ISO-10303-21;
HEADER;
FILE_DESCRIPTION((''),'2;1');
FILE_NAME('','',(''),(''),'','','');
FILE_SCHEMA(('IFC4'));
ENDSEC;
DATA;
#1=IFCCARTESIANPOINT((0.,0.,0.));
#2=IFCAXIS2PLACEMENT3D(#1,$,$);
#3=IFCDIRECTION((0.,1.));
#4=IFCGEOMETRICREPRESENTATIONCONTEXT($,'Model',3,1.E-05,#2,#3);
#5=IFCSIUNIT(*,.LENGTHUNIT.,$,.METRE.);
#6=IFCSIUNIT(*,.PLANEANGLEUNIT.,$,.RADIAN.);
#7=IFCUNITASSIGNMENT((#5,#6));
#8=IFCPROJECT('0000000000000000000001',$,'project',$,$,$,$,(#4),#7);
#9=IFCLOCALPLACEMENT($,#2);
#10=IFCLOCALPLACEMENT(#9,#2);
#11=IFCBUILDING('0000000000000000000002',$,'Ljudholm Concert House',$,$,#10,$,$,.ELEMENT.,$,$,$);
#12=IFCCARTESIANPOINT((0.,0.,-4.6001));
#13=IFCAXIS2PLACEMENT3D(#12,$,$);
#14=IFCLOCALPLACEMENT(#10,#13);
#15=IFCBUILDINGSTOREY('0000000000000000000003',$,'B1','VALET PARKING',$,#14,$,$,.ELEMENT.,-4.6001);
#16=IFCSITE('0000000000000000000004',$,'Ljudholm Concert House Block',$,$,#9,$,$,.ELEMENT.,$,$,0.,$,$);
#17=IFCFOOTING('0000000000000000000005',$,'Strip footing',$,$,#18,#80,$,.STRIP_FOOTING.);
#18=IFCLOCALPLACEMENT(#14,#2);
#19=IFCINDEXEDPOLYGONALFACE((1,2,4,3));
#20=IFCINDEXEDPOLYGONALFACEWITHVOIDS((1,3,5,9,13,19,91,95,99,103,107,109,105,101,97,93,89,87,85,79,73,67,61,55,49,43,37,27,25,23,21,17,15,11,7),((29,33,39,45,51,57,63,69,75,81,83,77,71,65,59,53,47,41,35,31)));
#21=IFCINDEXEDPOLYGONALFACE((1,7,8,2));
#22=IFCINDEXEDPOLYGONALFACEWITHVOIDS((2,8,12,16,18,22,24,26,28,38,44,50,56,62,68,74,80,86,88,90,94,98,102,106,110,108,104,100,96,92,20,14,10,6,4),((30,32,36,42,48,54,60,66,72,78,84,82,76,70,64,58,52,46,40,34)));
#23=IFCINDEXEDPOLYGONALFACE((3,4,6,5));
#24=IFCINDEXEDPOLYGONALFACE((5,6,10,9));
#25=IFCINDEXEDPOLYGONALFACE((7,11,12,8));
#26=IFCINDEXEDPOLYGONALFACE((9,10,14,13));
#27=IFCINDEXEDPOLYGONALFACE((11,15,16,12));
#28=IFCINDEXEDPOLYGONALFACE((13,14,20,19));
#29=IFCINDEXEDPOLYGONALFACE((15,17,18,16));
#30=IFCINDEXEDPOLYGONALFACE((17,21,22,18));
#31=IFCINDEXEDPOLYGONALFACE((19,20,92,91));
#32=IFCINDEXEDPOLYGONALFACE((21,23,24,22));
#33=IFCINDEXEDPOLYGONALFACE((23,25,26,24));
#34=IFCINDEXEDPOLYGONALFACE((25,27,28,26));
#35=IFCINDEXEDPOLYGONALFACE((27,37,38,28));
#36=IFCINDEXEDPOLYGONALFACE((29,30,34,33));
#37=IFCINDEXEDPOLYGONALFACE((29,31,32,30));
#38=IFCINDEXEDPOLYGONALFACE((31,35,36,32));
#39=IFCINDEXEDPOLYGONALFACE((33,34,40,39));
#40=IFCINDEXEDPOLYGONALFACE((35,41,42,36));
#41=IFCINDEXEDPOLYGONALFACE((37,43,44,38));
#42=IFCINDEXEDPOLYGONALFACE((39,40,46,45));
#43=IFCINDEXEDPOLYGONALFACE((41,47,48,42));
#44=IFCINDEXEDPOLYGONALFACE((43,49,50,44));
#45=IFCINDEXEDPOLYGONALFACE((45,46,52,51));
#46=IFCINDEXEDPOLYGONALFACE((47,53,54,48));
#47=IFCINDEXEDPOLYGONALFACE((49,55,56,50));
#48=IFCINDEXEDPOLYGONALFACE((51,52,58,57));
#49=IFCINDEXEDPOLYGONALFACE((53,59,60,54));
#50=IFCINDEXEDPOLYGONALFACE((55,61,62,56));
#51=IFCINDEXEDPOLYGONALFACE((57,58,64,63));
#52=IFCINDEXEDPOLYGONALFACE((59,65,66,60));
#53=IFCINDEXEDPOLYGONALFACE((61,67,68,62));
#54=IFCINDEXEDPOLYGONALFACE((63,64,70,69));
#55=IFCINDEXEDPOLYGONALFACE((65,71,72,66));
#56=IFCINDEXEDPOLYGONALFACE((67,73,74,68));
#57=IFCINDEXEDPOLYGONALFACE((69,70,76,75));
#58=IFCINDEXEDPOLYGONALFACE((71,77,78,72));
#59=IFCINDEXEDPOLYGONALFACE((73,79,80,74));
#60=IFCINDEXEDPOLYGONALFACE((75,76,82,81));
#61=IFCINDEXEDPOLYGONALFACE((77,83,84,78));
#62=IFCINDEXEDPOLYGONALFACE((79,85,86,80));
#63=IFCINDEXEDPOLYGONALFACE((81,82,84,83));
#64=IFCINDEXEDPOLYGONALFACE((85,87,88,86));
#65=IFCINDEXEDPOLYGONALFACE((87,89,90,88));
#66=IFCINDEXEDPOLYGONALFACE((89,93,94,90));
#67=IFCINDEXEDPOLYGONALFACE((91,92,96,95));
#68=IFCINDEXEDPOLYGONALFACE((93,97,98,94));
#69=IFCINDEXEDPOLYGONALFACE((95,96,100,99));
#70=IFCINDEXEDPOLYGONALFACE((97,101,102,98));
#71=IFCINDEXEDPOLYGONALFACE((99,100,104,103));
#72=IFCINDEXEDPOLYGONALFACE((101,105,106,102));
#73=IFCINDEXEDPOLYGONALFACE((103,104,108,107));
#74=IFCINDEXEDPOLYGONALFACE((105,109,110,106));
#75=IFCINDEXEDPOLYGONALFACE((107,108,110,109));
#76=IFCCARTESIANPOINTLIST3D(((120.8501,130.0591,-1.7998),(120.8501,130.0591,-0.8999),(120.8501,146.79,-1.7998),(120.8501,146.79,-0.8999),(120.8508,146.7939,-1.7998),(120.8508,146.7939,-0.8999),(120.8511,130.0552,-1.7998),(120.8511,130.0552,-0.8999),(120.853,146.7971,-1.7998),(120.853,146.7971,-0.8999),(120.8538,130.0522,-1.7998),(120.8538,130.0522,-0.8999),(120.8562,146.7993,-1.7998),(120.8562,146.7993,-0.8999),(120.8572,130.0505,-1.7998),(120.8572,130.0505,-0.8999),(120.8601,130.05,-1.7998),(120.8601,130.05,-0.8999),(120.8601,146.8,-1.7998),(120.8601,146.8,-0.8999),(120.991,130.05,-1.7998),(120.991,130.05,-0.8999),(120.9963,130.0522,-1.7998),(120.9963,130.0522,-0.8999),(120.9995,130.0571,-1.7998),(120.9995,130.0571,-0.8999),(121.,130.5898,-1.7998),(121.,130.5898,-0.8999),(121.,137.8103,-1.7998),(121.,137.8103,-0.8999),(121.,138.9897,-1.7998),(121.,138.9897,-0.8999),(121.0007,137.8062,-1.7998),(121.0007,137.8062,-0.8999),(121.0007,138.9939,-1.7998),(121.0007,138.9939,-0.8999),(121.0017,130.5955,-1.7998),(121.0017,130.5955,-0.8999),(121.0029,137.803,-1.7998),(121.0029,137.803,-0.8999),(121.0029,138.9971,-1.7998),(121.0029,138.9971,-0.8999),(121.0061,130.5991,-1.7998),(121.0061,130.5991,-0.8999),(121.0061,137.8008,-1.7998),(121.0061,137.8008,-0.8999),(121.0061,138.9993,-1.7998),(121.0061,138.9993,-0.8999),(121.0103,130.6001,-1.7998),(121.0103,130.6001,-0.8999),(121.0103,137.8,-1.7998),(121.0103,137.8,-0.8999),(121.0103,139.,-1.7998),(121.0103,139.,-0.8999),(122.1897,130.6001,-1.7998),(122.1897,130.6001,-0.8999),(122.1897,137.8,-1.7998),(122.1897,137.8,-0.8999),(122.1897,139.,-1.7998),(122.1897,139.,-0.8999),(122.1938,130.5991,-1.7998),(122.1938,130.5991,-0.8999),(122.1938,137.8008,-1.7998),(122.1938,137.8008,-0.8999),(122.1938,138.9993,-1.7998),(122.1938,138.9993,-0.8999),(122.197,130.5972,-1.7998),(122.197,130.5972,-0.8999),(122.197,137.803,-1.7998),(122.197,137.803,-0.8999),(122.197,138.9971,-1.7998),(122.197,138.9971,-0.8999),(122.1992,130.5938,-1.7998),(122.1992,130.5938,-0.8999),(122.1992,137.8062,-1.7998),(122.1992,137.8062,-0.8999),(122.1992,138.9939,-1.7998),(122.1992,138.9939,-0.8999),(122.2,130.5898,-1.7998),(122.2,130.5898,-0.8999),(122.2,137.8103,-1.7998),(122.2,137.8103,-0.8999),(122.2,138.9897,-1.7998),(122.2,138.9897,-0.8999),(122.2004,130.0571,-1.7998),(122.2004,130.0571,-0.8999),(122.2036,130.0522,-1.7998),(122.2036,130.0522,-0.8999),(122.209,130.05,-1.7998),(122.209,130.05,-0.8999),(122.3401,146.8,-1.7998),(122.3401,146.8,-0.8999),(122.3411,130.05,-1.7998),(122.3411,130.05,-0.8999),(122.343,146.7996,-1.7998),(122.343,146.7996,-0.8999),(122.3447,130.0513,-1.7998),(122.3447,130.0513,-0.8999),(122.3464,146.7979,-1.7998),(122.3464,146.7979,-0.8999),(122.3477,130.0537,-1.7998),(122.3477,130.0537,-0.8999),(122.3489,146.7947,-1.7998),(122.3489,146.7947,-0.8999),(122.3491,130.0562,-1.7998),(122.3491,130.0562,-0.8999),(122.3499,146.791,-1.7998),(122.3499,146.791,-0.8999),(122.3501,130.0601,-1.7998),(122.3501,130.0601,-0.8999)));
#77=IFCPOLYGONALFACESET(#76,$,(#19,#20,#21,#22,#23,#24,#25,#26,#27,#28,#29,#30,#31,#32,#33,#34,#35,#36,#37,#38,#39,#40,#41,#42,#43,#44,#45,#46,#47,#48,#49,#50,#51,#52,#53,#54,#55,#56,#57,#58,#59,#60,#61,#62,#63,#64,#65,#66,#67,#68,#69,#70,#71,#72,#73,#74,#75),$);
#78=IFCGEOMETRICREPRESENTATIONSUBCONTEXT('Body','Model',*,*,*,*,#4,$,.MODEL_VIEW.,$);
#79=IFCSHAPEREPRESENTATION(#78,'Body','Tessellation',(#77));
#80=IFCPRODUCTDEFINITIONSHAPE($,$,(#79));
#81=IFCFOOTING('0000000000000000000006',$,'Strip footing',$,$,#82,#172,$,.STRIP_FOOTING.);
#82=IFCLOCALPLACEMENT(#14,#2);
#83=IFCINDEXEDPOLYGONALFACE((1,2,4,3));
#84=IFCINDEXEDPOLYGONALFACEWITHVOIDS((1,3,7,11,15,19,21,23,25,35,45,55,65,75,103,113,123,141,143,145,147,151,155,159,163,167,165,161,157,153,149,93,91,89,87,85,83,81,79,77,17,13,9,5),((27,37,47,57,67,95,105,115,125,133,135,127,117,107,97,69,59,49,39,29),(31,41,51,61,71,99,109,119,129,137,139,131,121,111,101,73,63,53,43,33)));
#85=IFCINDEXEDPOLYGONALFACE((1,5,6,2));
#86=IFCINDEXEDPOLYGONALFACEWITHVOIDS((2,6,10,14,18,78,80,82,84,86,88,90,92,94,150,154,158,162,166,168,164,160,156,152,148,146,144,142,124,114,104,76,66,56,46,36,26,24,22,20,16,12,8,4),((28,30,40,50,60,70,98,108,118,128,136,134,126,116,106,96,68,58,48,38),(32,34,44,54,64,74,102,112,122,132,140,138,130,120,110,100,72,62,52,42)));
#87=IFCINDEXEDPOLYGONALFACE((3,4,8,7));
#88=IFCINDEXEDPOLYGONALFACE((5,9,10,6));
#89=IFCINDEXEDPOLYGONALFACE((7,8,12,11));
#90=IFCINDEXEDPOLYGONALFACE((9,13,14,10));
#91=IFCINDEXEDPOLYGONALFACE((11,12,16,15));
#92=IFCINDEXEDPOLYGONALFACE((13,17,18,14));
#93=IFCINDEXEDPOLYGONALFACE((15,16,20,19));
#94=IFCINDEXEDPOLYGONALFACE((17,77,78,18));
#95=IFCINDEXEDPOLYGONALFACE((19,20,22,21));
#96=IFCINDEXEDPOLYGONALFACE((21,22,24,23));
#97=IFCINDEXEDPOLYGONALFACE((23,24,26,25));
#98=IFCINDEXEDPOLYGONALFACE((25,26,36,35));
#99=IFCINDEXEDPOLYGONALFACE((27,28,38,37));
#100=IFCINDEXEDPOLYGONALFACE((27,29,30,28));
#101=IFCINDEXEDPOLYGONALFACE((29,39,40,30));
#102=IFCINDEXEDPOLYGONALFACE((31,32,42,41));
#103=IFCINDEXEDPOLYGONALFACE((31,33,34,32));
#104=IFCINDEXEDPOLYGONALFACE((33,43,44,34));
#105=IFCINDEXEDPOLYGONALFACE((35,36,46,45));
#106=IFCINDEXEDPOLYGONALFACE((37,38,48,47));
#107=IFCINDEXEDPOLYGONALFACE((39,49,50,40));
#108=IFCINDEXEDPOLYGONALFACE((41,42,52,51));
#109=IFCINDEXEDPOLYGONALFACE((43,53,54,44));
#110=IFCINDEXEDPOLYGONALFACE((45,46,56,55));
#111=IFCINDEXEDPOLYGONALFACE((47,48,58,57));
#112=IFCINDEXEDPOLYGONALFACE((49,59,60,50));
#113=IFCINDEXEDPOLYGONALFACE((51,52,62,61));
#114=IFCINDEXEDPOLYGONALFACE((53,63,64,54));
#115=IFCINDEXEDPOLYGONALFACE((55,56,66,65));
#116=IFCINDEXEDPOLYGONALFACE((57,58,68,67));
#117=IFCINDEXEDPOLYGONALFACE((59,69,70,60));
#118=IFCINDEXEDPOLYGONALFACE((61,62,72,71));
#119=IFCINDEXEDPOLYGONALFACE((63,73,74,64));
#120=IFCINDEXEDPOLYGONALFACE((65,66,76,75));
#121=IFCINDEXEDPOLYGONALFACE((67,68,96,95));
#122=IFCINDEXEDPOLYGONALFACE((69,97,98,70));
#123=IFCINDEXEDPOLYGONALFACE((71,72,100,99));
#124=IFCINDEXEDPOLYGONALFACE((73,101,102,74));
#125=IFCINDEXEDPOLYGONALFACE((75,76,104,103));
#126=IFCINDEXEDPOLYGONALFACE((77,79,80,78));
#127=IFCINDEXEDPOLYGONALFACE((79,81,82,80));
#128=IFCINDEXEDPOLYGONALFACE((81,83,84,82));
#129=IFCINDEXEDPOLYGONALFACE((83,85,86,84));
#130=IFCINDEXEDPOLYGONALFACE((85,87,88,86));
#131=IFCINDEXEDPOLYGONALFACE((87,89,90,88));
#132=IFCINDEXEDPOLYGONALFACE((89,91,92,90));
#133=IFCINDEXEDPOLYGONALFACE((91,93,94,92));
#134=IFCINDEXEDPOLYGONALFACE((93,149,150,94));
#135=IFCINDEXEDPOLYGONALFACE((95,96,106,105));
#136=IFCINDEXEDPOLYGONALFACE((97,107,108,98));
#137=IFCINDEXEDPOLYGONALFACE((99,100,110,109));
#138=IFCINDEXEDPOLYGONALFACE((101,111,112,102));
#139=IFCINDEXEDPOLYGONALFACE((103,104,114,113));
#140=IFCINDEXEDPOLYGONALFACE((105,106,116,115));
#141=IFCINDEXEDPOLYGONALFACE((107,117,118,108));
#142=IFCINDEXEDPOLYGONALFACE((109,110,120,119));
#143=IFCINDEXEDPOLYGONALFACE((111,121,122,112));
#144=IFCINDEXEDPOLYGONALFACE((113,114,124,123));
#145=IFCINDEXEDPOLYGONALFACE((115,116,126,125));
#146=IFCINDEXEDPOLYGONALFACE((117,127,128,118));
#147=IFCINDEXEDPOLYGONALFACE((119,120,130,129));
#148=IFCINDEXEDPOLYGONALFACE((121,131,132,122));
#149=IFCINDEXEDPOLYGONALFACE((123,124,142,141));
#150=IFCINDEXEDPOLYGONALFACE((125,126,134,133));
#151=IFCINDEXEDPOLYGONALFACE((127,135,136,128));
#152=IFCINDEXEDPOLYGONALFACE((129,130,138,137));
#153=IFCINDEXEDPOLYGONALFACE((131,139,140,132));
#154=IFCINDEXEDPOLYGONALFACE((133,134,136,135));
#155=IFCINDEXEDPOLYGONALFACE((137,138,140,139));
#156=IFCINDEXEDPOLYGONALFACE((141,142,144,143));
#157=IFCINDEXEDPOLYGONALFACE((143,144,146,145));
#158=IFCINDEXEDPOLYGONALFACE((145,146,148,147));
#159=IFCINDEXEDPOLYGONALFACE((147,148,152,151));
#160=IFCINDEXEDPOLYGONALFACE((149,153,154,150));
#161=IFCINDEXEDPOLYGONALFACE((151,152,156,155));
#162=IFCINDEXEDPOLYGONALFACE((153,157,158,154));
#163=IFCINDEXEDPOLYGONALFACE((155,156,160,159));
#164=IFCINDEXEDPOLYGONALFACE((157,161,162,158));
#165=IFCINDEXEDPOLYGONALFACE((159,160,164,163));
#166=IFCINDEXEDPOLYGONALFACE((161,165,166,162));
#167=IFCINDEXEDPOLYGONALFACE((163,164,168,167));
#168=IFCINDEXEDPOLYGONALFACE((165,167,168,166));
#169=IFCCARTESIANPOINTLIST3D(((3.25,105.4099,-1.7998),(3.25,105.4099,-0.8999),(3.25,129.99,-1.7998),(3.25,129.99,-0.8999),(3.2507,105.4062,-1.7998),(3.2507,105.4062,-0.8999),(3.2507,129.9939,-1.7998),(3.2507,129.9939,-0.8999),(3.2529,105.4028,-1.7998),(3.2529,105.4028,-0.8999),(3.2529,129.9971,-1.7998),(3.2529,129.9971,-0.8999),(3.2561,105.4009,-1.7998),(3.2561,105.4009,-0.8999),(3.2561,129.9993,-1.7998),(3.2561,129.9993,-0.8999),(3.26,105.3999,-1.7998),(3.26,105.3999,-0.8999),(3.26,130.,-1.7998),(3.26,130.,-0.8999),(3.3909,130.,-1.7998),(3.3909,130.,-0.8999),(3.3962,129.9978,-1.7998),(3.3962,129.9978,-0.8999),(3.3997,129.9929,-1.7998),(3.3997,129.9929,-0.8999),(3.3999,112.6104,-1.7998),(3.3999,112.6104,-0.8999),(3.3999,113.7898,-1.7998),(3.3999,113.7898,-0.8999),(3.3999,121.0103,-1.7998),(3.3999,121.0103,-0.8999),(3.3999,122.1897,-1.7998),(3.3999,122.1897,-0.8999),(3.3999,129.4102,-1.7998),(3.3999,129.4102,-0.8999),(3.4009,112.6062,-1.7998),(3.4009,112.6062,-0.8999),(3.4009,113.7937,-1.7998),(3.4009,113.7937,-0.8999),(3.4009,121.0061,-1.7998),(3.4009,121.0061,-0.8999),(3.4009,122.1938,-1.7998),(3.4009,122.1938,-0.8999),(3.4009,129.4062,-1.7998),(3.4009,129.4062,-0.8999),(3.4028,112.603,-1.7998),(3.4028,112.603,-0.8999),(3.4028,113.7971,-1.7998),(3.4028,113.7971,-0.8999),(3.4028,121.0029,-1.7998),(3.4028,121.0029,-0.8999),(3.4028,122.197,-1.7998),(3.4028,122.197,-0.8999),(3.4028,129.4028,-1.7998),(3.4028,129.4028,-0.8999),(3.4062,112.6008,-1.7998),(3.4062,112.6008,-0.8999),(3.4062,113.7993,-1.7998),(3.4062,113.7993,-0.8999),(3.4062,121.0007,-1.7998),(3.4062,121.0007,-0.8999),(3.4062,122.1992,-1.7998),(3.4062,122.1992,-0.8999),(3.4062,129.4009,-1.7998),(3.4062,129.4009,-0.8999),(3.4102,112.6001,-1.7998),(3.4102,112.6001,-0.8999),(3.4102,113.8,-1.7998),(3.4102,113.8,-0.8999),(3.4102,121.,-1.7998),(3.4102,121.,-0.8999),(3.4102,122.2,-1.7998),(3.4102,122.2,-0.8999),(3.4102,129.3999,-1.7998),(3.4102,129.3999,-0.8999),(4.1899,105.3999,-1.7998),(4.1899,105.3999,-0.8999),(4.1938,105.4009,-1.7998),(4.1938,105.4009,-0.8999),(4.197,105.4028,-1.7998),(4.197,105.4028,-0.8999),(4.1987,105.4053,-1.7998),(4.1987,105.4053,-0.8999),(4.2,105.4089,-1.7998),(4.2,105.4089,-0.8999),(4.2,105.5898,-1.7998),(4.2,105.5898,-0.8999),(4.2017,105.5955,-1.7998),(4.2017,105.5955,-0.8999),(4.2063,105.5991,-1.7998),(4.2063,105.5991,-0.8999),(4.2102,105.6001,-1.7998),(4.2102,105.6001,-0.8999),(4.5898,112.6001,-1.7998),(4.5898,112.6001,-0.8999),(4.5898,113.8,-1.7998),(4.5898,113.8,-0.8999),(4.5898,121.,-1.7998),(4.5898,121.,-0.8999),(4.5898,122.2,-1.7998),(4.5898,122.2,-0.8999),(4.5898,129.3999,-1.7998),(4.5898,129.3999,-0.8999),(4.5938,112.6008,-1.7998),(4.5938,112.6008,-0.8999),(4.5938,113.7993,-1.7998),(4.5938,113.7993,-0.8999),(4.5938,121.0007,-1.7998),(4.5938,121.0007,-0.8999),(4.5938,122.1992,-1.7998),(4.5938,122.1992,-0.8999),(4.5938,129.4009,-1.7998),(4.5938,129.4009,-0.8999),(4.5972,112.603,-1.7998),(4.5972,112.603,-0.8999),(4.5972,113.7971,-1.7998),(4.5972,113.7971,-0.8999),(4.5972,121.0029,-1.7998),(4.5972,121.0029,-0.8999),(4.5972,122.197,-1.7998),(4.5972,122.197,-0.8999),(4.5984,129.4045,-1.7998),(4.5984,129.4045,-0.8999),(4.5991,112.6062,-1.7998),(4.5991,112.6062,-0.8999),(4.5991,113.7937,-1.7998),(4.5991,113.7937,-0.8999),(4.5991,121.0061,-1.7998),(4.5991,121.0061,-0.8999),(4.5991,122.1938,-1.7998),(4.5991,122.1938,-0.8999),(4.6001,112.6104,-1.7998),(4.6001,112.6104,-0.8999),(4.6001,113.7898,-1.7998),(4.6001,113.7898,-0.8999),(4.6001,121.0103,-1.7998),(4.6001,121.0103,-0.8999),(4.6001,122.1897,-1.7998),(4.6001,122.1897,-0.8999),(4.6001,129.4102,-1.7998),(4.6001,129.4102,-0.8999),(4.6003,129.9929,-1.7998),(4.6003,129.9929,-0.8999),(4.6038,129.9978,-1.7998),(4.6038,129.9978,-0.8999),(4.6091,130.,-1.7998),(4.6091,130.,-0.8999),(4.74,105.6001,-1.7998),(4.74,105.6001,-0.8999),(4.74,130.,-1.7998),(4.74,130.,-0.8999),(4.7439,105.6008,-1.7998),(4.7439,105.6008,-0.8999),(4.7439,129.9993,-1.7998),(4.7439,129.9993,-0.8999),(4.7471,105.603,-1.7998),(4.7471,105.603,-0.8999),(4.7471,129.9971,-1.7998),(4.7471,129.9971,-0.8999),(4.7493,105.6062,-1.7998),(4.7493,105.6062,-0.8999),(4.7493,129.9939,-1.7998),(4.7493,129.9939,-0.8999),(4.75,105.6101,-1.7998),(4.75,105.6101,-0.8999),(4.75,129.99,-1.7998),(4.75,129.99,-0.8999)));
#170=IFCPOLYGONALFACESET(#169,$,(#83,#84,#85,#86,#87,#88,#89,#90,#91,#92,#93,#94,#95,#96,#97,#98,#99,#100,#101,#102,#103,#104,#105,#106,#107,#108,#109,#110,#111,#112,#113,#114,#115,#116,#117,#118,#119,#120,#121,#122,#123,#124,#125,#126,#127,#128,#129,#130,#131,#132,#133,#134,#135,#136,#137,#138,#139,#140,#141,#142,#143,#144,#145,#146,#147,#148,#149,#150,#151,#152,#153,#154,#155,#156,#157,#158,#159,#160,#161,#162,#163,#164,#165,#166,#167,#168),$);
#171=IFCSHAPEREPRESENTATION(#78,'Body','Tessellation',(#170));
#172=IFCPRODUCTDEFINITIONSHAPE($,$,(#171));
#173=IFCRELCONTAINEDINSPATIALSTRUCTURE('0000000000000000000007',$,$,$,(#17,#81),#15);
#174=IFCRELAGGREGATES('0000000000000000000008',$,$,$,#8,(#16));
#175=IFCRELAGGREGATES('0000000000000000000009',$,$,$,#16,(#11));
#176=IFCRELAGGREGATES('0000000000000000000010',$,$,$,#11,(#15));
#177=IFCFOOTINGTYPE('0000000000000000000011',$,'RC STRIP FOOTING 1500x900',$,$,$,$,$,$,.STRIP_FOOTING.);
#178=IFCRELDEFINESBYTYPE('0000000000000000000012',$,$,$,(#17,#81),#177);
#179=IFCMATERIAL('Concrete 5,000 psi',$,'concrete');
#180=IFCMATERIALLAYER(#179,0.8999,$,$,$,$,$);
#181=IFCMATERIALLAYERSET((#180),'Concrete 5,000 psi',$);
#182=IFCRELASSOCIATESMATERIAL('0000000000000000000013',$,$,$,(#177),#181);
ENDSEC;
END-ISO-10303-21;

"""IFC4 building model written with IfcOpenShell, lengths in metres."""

from ifc_helpers import new_model, si_unit, direction, frame, origin, place, context, subcontext, project, spatial, polyline, outline, extrude, material, layer, layer_set, type_object, element, save


model = new_model("IFC4")

# Units and contexts
model_context = context("Model", 3, precision=1e-05, world=origin(), true_north=direction((0.0, 1.0)))
body_context = subcontext(model_context, "Body", "Model", "MODEL_VIEW")
ifc_project = project(units=[si_unit("LENGTHUNIT", "METRE"), si_unit("PLANEANGLEUNIT", "RADIAN")], contexts=[model_context])

# Site, building, storey
site_placement = place(None, origin())
site = spatial("IfcSite", under=ifc_project, at=site_placement, Name="Ljudholm Concert House Block", CompositionType="ELEMENT", RefElevation=0.0)
building_placement = place(site_placement, origin())
building = spatial("IfcBuilding", under=site, at=building_placement, Name="Ljudholm Concert House", CompositionType="ELEMENT")
storey_placement = place(building_placement, frame((0.0, 0.0, -4.6001)))
storey = spatial("IfcBuildingStorey", under=building, at=storey_placement, Name="B1", Description="VALET PARKING", CompositionType="ELEMENT", Elevation=-4.6001)

# Footings
ifc_material_1 = material(Name="Concrete 5,000 psi", Category="concrete")
ifc_layer_1 = layer(ifc_material_1, 0.8999)
ifc_layer_set_1 = layer_set([ifc_layer_1], Name="Concrete 5,000 psi")
footing_type_1 = type_object("IfcFootingType", Name="RC STRIP FOOTING 1500x900", PredefinedType="STRIP_FOOTING", material=ifc_layer_set_1)
footing_1_placement = place(storey_placement, frame((0.0, 0.0, -1.7998)))
element("IfcFooting", 1, at=footing_1_placement, inside=storey, type_object=footing_type_1, Name="Strip footing", PredefinedType="STRIP_FOOTING", context=body_context, shape_type="SweptSolid", body=[
    extrude(outline(polyline([(120.8501, 146.79), (120.8501, 130.0591), (120.8511, 130.0552), (120.8538, 130.0522), (120.8572, 130.0505), (120.8601, 130.05), (120.991, 130.05), (120.9963, 130.0522), (120.9995, 130.0571), (121.0, 130.5898), (121.0017, 130.5955), (121.0061, 130.5991), (121.0103, 130.6001), (122.1897, 130.6001), (122.1938, 130.5991), (122.197, 130.5972), (122.1992, 130.5938), (122.2, 130.5898), (122.2004, 130.0571), (122.2036, 130.0522), (122.209, 130.05), (122.3411, 130.05), (122.3447, 130.0513), (122.3477, 130.0537), (122.3491, 130.0562), (122.3501, 130.0601), (122.3499, 146.791), (122.3489, 146.7947), (122.3464, 146.7979), (122.343, 146.7996), (122.3401, 146.8), (120.8601, 146.8), (120.8562, 146.7993), (120.853, 146.7971), (120.8508, 146.7939), (120.8501, 146.79)]), holes=[polyline([(121.0, 137.8103), (121.0, 138.9897), (121.0007, 138.9939), (121.0029, 138.9971), (121.0061, 138.9993), (121.0103, 139.0), (122.1897, 139.0), (122.1938, 138.9993), (122.197, 138.9971), (122.1992, 138.9939), (122.2, 138.9897), (122.2, 137.8103), (122.1992, 137.8062), (122.197, 137.803), (122.1938, 137.8008), (122.1897, 137.8), (121.0103, 137.8), (121.0061, 137.8008), (121.0029, 137.803), (121.0007, 137.8062), (121.0, 137.8103)])]), origin(), (0.0, 0.0, 1.0), 0.8999),
])
footing_2_placement = place(storey_placement, frame((0.0, 0.0, -1.7998)))
element("IfcFooting", 2, at=footing_2_placement, inside=storey, type_object=footing_type_1, Name="Strip footing", PredefinedType="STRIP_FOOTING", context=body_context, shape_type="SweptSolid", body=[
    extrude(outline(polyline([(3.25, 129.99), (3.25, 105.4099), (3.2507, 105.4062), (3.2529, 105.4028), (3.2561, 105.4009), (3.26, 105.3999), (4.1899, 105.3999), (4.1938, 105.4009), (4.197, 105.4028), (4.1987, 105.4053), (4.2, 105.4089), (4.2, 105.5898), (4.2017, 105.5955), (4.2063, 105.5991), (4.2102, 105.6001), (4.74, 105.6001), (4.7439, 105.6008), (4.7471, 105.603), (4.7493, 105.6062), (4.75, 105.6101), (4.75, 129.99), (4.7493, 129.9939), (4.7471, 129.9971), (4.7439, 129.9993), (4.74, 130.0), (4.6091, 130.0), (4.6038, 129.9978), (4.6003, 129.9929), (4.6001, 129.4102), (4.5984, 129.4045), (4.5938, 129.4009), (4.5898, 129.3999), (3.4102, 129.3999), (3.4062, 129.4009), (3.4028, 129.4028), (3.4009, 129.4062), (3.3999, 129.4102), (3.3997, 129.9929), (3.3962, 129.9978), (3.3909, 130.0), (3.26, 130.0), (3.2561, 129.9993), (3.2529, 129.9971), (3.2507, 129.9939), (3.25, 129.99)]), holes=[polyline([(3.3999, 112.6104), (3.3999, 113.7898), (3.4009, 113.7937), (3.4028, 113.7971), (3.4062, 113.7993), (3.4102, 113.8), (4.5898, 113.8), (4.5938, 113.7993), (4.5972, 113.7971), (4.5991, 113.7937), (4.6001, 113.7898), (4.6001, 112.6104), (4.5991, 112.6062), (4.5972, 112.603), (4.5938, 112.6008), (4.5898, 112.6001), (3.4102, 112.6001), (3.4062, 112.6008), (3.4028, 112.603), (3.4009, 112.6062), (3.3999, 112.6104)]), polyline([(3.3999, 121.0103), (3.3999, 122.1897), (3.4009, 122.1938), (3.4028, 122.197), (3.4062, 122.1992), (3.4102, 122.2), (4.5898, 122.2), (4.5938, 122.1992), (4.5972, 122.197), (4.5991, 122.1938), (4.6001, 122.1897), (4.6001, 121.0103), (4.5991, 121.0061), (4.5972, 121.0029), (4.5938, 121.0007), (4.5898, 121.0), (3.4102, 121.0), (3.4062, 121.0007), (3.4028, 121.0029), (3.4009, 121.0061), (3.3999, 121.0103)])]), origin(), (0.0, 0.0, 1.0), 0.8999),
])

save(model, "model.ifc")
